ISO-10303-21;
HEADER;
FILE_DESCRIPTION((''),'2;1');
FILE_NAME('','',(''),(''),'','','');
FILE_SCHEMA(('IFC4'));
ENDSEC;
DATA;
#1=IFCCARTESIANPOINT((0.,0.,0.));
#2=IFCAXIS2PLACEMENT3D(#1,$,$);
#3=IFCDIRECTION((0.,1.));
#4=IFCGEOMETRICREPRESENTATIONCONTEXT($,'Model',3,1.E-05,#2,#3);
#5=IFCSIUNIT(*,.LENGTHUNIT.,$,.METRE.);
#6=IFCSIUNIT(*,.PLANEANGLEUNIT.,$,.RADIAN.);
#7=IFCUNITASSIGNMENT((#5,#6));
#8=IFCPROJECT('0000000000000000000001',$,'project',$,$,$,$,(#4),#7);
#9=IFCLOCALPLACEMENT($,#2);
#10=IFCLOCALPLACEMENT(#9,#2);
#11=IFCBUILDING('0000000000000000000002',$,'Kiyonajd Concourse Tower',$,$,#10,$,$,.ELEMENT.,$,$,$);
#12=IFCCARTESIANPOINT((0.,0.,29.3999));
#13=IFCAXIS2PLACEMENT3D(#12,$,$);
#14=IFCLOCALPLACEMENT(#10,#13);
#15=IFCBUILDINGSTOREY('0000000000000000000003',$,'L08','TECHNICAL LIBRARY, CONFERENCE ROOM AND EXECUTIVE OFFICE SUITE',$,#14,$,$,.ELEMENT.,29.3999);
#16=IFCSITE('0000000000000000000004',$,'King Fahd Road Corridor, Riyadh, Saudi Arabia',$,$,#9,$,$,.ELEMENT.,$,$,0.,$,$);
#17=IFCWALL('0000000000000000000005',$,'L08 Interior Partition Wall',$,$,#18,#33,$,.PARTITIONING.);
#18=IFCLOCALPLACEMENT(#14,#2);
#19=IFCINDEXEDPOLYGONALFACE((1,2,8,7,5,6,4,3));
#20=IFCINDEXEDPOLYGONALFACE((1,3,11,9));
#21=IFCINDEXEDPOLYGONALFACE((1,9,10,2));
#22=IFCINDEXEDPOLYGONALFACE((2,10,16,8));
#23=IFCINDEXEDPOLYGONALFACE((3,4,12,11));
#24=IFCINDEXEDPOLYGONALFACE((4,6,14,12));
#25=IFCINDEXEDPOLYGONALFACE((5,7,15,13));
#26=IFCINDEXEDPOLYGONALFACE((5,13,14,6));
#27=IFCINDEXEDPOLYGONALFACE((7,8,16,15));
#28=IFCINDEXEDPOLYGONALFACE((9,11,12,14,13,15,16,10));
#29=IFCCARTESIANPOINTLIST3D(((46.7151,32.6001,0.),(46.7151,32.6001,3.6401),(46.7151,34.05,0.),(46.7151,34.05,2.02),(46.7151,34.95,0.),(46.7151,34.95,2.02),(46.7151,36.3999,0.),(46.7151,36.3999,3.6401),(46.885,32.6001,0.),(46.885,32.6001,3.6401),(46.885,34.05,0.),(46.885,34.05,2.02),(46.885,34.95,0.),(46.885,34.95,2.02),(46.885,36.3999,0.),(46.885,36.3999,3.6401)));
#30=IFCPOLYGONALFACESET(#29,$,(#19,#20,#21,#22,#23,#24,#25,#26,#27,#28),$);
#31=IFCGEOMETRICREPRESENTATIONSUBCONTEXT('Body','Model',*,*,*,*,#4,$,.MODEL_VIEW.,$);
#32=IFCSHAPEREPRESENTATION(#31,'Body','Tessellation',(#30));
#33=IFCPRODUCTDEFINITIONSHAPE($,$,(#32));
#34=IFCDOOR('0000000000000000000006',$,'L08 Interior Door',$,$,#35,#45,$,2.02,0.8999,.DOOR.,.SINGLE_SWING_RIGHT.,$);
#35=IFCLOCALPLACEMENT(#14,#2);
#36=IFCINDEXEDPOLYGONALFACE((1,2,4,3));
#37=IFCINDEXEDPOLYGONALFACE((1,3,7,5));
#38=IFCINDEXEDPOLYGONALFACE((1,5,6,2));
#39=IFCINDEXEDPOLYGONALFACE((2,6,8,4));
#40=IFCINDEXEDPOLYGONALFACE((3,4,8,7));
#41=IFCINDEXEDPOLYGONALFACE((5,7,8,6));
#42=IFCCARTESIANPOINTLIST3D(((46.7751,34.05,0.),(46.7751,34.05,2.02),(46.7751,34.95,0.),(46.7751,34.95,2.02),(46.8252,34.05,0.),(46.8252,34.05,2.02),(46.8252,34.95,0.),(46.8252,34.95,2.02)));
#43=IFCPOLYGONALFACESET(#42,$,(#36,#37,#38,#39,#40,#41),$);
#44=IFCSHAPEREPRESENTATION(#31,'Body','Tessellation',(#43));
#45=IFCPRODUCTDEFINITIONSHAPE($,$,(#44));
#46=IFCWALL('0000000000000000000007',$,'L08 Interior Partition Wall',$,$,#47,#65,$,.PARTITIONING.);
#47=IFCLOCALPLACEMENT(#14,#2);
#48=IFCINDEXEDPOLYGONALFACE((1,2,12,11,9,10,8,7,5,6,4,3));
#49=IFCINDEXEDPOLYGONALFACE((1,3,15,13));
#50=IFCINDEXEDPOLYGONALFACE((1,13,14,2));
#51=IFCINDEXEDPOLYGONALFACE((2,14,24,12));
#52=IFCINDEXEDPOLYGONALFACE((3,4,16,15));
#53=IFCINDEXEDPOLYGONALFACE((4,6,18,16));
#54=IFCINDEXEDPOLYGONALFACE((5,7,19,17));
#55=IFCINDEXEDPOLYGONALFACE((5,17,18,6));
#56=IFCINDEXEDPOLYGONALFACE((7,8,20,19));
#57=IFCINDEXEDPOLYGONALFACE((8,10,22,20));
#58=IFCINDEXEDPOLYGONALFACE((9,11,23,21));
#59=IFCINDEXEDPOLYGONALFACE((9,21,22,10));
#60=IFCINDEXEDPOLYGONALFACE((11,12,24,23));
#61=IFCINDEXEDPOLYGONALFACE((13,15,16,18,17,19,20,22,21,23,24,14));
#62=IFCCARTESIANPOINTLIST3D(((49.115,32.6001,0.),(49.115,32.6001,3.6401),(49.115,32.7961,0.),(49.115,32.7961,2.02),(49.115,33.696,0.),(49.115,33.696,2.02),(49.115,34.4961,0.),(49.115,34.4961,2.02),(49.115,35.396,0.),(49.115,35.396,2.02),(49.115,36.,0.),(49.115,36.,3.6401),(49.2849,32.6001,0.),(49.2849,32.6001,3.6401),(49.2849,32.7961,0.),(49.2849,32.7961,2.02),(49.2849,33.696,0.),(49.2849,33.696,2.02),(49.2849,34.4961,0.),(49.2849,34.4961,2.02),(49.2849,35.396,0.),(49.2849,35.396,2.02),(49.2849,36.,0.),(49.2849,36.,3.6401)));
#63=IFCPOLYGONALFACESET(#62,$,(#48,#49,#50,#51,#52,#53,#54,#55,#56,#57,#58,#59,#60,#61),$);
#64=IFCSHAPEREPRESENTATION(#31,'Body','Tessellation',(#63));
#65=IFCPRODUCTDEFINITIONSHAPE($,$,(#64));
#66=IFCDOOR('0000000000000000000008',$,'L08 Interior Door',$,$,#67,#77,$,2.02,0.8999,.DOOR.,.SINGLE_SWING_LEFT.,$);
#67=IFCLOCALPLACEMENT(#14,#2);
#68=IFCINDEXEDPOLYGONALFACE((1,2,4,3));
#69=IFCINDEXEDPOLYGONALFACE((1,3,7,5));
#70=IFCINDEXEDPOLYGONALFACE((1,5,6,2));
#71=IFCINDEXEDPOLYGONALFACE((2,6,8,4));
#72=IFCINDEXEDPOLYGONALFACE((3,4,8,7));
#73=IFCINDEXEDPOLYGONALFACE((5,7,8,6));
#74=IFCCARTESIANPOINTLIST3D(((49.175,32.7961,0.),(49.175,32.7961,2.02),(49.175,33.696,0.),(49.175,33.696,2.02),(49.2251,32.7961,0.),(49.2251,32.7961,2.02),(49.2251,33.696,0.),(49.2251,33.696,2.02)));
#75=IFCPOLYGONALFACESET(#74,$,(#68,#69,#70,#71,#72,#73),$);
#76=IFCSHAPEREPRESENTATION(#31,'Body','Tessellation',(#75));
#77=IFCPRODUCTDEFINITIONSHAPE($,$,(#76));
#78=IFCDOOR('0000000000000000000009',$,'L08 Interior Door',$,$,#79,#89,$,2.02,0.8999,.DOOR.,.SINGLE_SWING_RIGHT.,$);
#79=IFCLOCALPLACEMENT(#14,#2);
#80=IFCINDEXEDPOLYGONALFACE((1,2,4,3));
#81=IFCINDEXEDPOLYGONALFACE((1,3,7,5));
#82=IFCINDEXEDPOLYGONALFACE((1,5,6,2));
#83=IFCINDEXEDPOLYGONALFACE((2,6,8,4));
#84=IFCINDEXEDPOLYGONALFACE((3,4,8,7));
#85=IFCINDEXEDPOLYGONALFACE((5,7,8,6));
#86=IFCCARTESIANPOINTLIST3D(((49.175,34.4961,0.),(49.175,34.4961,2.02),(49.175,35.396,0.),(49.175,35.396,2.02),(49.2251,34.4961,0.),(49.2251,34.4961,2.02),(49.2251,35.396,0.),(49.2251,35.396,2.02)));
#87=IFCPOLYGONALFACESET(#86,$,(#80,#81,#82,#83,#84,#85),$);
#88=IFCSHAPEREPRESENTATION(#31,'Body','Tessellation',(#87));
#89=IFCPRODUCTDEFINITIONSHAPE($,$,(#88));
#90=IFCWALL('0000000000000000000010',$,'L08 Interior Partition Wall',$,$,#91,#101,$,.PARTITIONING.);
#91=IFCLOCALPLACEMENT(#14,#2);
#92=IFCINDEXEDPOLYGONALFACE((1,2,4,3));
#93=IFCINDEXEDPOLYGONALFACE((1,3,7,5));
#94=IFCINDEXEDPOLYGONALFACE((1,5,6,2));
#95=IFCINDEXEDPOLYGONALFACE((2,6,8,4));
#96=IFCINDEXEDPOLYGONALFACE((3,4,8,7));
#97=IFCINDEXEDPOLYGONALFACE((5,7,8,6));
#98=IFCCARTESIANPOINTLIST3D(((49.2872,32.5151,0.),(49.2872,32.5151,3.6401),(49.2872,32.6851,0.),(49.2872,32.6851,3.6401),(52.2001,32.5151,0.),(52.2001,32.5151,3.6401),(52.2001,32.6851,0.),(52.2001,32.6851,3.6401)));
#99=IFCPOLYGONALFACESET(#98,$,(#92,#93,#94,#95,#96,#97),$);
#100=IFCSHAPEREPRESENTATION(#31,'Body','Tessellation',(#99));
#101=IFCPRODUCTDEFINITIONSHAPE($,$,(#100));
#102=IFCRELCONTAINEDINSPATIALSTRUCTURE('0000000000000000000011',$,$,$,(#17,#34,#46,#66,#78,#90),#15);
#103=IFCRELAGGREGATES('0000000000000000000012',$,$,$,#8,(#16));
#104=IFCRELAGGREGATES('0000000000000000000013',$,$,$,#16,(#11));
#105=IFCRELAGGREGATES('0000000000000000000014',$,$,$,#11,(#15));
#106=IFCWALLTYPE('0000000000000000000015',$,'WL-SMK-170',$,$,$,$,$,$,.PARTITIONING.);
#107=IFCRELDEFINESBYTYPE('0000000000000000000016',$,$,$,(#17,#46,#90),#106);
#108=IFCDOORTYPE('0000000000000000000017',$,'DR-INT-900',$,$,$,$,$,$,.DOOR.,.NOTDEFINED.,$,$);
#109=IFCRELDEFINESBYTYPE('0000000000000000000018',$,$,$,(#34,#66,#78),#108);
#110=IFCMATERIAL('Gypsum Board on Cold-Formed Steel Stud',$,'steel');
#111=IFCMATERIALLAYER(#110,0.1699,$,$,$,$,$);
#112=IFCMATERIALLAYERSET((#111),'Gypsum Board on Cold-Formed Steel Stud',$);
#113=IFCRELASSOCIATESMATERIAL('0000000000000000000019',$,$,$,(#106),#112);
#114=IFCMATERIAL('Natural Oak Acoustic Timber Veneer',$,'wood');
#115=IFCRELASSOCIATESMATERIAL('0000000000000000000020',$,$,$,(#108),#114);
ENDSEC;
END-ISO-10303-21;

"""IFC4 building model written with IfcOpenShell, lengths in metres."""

from ifc_helpers import new_model, si_unit, direction, frame, frame_2d, origin, place, context, subcontext, project, spatial, rectangle, extrude, material, layer, layer_set, type_object, element, fill, save


model = new_model("IFC4")

# Units and contexts
model_context = context("Model", 3, precision=1e-05, world=origin(), true_north=direction((0.0, 1.0)))
body_context = subcontext(model_context, "Body", "Model", "MODEL_VIEW")
ifc_project = project(units=[si_unit("LENGTHUNIT", "METRE"), si_unit("PLANEANGLEUNIT", "RADIAN")], contexts=[model_context])

# Site, building, storey
site_placement = place(None, origin())
site = spatial("IfcSite", under=ifc_project, at=site_placement, Name="King Fahd Road Corridor, Riyadh, Saudi Arabia", CompositionType="ELEMENT", RefElevation=0.0)
building_placement = place(site_placement, origin())
building = spatial("IfcBuilding", under=site, at=building_placement, Name="Kiyonajd Concourse Tower", CompositionType="ELEMENT")
storey_placement = place(building_placement, frame((0.0, 0.0, 29.3999)))
storey = spatial("IfcBuildingStorey", under=building, at=storey_placement, Name="L08", Description="TECHNICAL LIBRARY, CONFERENCE ROOM AND EXECUTIVE OFFICE SUITE", CompositionType="ELEMENT", Elevation=29.3999)

# Shared definitions
ifc_material_1 = material(Name="Gypsum Board on Cold-Formed Steel Stud", Category="steel")

# Wall, opening, door
ifc_layer_1 = layer(ifc_material_1, 0.1699)
ifc_layer_set_1 = layer_set([ifc_layer_1], Name="Gypsum Board on Cold-Formed Steel Stud")
wall_type_1 = type_object("IfcWallType", Name="WL-SMK-170", PredefinedType="PARTITIONING", material=ifc_layer_set_1)
wall_1_placement = place(storey_placement, frame((46.8, 32.6001, 0.0), z_axis=(0.0, 0.0, 1.0), x_axis=(0.0, 1.0, 0.0)))
wall_1 = element("IfcWall", 1, at=wall_1_placement, inside=storey, type_object=wall_type_1, Name="L08 Interior Partition Wall", PredefinedType="PARTITIONING", context=body_context, shape_type="SweptSolid", body=[
    extrude(rectangle(XDim=3.7998, YDim=0.1699, at=frame_2d((1.8999, 0.0))), origin(), (0.0, 0.0, 1.0), 3.6401),
])
opening_1_placement = place(wall_1_placement, frame((1.45, 0.0, 0.0)))
opening_1 = element("IfcOpeningElement", 2, at=opening_1_placement, cuts=wall_1, PredefinedType="OPENING", context=body_context, shape_type="SweptSolid", body=[
    extrude(rectangle(XDim=0.8999, YDim=2.02, at=frame_2d((0.45, 1.01))), frame((0.0, 0.095, 0.0), z_axis=(0.0, -1.0, 0.0), x_axis=(1.0, 0.0, 0.0)), (0.0, 0.0, 1.0), 0.1899),
])
ifc_material_2 = material(Name="Natural Oak Acoustic Timber Veneer", Category="wood")
door_type_1 = type_object("IfcDoorType", Name="DR-INT-900", OperationType="NOTDEFINED", PredefinedType="DOOR", material=ifc_material_2)
door_1_placement = place(opening_1_placement, origin())
door_1 = element("IfcDoor", 3, at=door_1_placement, inside=storey, type_object=door_type_1, Name="L08 Interior Door", OperationType="SINGLE_SWING_RIGHT", OverallHeight=2.02, OverallWidth=0.8999, PredefinedType="DOOR", context=body_context, shape_type="SweptSolid", body=[
    extrude(rectangle(XDim=0.8999, YDim=2.02, at=frame_2d((0.45, 1.01))), frame((0.0, 0.0249, 0.0), z_axis=(0.0, -1.0, 0.0), x_axis=(1.0, 0.0, 0.0)), (0.0, 0.0, 1.0), 0.05),
])
fill(opening_1, door_1)

# Wall, openings, doors
wall_2_placement = place(storey_placement, frame((49.2, 32.6001, 0.0), z_axis=(0.0, 0.0, 1.0), x_axis=(0.0, 1.0, 0.0)))
wall_2 = element("IfcWall", 4, at=wall_2_placement, inside=storey, type_object=wall_type_1, Name="L08 Interior Partition Wall", PredefinedType="PARTITIONING", context=body_context, shape_type="SweptSolid", body=[
    extrude(rectangle(XDim=3.3999, YDim=0.1699, at=frame_2d((1.7, 0.0))), origin(), (0.0, 0.0, 1.0), 3.6401),
])
opening_2_placement = place(wall_2_placement, frame((0.196, 0.0, 0.0)))
opening_2 = element("IfcOpeningElement", 5, at=opening_2_placement, cuts=wall_2, PredefinedType="OPENING", context=body_context, shape_type="SweptSolid", body=[
    extrude(rectangle(XDim=0.8999, YDim=2.02, at=frame_2d((0.45, 1.01))), frame((0.0, 0.095, 0.0), z_axis=(0.0, -1.0, 0.0), x_axis=(1.0, 0.0, 0.0)), (0.0, 0.0, 1.0), 0.1899),
])
opening_3_placement = place(wall_2_placement, frame((1.896, 0.0, 0.0)))
opening_3 = element("IfcOpeningElement", 6, at=opening_3_placement, cuts=wall_2, PredefinedType="OPENING", context=body_context, shape_type="SweptSolid", body=[
    extrude(rectangle(XDim=0.8999, YDim=2.02, at=frame_2d((0.45, 1.01))), frame((0.0, 0.095, 0.0), z_axis=(0.0, -1.0, 0.0), x_axis=(1.0, 0.0, 0.0)), (0.0, 0.0, 1.0), 0.1899),
])
door_2_placement = place(opening_2_placement, origin())
door_2 = element("IfcDoor", 7, at=door_2_placement, inside=storey, type_object=door_type_1, Name="L08 Interior Door", OperationType="SINGLE_SWING_LEFT", OverallHeight=2.02, OverallWidth=0.8999, PredefinedType="DOOR", context=body_context, shape_type="SweptSolid", body=[
    extrude(rectangle(XDim=0.8999, YDim=2.02, at=frame_2d((0.45, 1.01))), frame((0.0, 0.0249, 0.0), z_axis=(0.0, -1.0, 0.0), x_axis=(1.0, 0.0, 0.0)), (0.0, 0.0, 1.0), 0.05),
])
fill(opening_2, door_2)
door_3_placement = place(opening_3_placement, origin())
door_3 = element("IfcDoor", 8, at=door_3_placement, inside=storey, type_object=door_type_1, Name="L08 Interior Door", OperationType="SINGLE_SWING_RIGHT", OverallHeight=2.02, OverallWidth=0.8999, PredefinedType="DOOR", context=body_context, shape_type="SweptSolid", body=[
    extrude(rectangle(XDim=0.8999, YDim=2.02, at=frame_2d((0.45, 1.01))), frame((0.0, 0.0249, 0.0), z_axis=(0.0, -1.0, 0.0), x_axis=(1.0, 0.0, 0.0)), (0.0, 0.0, 1.0), 0.05),
])
fill(opening_3, door_3)

# Wall
wall_3_placement = place(storey_placement, frame((49.2871, 32.6001, 0.0), z_axis=(0.0, 0.0, 1.0), x_axis=(1.0, 0.0, 0.0)))
element("IfcWall", 9, at=wall_3_placement, inside=storey, type_object=wall_type_1, Name="L08 Interior Partition Wall", PredefinedType="PARTITIONING", context=body_context, shape_type="SweptSolid", body=[
    extrude(rectangle(XDim=2.9128, YDim=0.1699, at=frame_2d((1.4565, 0.0))), origin(), (0.0, 0.0, 1.0), 3.6401),
])

save(model, "model.ifc")
